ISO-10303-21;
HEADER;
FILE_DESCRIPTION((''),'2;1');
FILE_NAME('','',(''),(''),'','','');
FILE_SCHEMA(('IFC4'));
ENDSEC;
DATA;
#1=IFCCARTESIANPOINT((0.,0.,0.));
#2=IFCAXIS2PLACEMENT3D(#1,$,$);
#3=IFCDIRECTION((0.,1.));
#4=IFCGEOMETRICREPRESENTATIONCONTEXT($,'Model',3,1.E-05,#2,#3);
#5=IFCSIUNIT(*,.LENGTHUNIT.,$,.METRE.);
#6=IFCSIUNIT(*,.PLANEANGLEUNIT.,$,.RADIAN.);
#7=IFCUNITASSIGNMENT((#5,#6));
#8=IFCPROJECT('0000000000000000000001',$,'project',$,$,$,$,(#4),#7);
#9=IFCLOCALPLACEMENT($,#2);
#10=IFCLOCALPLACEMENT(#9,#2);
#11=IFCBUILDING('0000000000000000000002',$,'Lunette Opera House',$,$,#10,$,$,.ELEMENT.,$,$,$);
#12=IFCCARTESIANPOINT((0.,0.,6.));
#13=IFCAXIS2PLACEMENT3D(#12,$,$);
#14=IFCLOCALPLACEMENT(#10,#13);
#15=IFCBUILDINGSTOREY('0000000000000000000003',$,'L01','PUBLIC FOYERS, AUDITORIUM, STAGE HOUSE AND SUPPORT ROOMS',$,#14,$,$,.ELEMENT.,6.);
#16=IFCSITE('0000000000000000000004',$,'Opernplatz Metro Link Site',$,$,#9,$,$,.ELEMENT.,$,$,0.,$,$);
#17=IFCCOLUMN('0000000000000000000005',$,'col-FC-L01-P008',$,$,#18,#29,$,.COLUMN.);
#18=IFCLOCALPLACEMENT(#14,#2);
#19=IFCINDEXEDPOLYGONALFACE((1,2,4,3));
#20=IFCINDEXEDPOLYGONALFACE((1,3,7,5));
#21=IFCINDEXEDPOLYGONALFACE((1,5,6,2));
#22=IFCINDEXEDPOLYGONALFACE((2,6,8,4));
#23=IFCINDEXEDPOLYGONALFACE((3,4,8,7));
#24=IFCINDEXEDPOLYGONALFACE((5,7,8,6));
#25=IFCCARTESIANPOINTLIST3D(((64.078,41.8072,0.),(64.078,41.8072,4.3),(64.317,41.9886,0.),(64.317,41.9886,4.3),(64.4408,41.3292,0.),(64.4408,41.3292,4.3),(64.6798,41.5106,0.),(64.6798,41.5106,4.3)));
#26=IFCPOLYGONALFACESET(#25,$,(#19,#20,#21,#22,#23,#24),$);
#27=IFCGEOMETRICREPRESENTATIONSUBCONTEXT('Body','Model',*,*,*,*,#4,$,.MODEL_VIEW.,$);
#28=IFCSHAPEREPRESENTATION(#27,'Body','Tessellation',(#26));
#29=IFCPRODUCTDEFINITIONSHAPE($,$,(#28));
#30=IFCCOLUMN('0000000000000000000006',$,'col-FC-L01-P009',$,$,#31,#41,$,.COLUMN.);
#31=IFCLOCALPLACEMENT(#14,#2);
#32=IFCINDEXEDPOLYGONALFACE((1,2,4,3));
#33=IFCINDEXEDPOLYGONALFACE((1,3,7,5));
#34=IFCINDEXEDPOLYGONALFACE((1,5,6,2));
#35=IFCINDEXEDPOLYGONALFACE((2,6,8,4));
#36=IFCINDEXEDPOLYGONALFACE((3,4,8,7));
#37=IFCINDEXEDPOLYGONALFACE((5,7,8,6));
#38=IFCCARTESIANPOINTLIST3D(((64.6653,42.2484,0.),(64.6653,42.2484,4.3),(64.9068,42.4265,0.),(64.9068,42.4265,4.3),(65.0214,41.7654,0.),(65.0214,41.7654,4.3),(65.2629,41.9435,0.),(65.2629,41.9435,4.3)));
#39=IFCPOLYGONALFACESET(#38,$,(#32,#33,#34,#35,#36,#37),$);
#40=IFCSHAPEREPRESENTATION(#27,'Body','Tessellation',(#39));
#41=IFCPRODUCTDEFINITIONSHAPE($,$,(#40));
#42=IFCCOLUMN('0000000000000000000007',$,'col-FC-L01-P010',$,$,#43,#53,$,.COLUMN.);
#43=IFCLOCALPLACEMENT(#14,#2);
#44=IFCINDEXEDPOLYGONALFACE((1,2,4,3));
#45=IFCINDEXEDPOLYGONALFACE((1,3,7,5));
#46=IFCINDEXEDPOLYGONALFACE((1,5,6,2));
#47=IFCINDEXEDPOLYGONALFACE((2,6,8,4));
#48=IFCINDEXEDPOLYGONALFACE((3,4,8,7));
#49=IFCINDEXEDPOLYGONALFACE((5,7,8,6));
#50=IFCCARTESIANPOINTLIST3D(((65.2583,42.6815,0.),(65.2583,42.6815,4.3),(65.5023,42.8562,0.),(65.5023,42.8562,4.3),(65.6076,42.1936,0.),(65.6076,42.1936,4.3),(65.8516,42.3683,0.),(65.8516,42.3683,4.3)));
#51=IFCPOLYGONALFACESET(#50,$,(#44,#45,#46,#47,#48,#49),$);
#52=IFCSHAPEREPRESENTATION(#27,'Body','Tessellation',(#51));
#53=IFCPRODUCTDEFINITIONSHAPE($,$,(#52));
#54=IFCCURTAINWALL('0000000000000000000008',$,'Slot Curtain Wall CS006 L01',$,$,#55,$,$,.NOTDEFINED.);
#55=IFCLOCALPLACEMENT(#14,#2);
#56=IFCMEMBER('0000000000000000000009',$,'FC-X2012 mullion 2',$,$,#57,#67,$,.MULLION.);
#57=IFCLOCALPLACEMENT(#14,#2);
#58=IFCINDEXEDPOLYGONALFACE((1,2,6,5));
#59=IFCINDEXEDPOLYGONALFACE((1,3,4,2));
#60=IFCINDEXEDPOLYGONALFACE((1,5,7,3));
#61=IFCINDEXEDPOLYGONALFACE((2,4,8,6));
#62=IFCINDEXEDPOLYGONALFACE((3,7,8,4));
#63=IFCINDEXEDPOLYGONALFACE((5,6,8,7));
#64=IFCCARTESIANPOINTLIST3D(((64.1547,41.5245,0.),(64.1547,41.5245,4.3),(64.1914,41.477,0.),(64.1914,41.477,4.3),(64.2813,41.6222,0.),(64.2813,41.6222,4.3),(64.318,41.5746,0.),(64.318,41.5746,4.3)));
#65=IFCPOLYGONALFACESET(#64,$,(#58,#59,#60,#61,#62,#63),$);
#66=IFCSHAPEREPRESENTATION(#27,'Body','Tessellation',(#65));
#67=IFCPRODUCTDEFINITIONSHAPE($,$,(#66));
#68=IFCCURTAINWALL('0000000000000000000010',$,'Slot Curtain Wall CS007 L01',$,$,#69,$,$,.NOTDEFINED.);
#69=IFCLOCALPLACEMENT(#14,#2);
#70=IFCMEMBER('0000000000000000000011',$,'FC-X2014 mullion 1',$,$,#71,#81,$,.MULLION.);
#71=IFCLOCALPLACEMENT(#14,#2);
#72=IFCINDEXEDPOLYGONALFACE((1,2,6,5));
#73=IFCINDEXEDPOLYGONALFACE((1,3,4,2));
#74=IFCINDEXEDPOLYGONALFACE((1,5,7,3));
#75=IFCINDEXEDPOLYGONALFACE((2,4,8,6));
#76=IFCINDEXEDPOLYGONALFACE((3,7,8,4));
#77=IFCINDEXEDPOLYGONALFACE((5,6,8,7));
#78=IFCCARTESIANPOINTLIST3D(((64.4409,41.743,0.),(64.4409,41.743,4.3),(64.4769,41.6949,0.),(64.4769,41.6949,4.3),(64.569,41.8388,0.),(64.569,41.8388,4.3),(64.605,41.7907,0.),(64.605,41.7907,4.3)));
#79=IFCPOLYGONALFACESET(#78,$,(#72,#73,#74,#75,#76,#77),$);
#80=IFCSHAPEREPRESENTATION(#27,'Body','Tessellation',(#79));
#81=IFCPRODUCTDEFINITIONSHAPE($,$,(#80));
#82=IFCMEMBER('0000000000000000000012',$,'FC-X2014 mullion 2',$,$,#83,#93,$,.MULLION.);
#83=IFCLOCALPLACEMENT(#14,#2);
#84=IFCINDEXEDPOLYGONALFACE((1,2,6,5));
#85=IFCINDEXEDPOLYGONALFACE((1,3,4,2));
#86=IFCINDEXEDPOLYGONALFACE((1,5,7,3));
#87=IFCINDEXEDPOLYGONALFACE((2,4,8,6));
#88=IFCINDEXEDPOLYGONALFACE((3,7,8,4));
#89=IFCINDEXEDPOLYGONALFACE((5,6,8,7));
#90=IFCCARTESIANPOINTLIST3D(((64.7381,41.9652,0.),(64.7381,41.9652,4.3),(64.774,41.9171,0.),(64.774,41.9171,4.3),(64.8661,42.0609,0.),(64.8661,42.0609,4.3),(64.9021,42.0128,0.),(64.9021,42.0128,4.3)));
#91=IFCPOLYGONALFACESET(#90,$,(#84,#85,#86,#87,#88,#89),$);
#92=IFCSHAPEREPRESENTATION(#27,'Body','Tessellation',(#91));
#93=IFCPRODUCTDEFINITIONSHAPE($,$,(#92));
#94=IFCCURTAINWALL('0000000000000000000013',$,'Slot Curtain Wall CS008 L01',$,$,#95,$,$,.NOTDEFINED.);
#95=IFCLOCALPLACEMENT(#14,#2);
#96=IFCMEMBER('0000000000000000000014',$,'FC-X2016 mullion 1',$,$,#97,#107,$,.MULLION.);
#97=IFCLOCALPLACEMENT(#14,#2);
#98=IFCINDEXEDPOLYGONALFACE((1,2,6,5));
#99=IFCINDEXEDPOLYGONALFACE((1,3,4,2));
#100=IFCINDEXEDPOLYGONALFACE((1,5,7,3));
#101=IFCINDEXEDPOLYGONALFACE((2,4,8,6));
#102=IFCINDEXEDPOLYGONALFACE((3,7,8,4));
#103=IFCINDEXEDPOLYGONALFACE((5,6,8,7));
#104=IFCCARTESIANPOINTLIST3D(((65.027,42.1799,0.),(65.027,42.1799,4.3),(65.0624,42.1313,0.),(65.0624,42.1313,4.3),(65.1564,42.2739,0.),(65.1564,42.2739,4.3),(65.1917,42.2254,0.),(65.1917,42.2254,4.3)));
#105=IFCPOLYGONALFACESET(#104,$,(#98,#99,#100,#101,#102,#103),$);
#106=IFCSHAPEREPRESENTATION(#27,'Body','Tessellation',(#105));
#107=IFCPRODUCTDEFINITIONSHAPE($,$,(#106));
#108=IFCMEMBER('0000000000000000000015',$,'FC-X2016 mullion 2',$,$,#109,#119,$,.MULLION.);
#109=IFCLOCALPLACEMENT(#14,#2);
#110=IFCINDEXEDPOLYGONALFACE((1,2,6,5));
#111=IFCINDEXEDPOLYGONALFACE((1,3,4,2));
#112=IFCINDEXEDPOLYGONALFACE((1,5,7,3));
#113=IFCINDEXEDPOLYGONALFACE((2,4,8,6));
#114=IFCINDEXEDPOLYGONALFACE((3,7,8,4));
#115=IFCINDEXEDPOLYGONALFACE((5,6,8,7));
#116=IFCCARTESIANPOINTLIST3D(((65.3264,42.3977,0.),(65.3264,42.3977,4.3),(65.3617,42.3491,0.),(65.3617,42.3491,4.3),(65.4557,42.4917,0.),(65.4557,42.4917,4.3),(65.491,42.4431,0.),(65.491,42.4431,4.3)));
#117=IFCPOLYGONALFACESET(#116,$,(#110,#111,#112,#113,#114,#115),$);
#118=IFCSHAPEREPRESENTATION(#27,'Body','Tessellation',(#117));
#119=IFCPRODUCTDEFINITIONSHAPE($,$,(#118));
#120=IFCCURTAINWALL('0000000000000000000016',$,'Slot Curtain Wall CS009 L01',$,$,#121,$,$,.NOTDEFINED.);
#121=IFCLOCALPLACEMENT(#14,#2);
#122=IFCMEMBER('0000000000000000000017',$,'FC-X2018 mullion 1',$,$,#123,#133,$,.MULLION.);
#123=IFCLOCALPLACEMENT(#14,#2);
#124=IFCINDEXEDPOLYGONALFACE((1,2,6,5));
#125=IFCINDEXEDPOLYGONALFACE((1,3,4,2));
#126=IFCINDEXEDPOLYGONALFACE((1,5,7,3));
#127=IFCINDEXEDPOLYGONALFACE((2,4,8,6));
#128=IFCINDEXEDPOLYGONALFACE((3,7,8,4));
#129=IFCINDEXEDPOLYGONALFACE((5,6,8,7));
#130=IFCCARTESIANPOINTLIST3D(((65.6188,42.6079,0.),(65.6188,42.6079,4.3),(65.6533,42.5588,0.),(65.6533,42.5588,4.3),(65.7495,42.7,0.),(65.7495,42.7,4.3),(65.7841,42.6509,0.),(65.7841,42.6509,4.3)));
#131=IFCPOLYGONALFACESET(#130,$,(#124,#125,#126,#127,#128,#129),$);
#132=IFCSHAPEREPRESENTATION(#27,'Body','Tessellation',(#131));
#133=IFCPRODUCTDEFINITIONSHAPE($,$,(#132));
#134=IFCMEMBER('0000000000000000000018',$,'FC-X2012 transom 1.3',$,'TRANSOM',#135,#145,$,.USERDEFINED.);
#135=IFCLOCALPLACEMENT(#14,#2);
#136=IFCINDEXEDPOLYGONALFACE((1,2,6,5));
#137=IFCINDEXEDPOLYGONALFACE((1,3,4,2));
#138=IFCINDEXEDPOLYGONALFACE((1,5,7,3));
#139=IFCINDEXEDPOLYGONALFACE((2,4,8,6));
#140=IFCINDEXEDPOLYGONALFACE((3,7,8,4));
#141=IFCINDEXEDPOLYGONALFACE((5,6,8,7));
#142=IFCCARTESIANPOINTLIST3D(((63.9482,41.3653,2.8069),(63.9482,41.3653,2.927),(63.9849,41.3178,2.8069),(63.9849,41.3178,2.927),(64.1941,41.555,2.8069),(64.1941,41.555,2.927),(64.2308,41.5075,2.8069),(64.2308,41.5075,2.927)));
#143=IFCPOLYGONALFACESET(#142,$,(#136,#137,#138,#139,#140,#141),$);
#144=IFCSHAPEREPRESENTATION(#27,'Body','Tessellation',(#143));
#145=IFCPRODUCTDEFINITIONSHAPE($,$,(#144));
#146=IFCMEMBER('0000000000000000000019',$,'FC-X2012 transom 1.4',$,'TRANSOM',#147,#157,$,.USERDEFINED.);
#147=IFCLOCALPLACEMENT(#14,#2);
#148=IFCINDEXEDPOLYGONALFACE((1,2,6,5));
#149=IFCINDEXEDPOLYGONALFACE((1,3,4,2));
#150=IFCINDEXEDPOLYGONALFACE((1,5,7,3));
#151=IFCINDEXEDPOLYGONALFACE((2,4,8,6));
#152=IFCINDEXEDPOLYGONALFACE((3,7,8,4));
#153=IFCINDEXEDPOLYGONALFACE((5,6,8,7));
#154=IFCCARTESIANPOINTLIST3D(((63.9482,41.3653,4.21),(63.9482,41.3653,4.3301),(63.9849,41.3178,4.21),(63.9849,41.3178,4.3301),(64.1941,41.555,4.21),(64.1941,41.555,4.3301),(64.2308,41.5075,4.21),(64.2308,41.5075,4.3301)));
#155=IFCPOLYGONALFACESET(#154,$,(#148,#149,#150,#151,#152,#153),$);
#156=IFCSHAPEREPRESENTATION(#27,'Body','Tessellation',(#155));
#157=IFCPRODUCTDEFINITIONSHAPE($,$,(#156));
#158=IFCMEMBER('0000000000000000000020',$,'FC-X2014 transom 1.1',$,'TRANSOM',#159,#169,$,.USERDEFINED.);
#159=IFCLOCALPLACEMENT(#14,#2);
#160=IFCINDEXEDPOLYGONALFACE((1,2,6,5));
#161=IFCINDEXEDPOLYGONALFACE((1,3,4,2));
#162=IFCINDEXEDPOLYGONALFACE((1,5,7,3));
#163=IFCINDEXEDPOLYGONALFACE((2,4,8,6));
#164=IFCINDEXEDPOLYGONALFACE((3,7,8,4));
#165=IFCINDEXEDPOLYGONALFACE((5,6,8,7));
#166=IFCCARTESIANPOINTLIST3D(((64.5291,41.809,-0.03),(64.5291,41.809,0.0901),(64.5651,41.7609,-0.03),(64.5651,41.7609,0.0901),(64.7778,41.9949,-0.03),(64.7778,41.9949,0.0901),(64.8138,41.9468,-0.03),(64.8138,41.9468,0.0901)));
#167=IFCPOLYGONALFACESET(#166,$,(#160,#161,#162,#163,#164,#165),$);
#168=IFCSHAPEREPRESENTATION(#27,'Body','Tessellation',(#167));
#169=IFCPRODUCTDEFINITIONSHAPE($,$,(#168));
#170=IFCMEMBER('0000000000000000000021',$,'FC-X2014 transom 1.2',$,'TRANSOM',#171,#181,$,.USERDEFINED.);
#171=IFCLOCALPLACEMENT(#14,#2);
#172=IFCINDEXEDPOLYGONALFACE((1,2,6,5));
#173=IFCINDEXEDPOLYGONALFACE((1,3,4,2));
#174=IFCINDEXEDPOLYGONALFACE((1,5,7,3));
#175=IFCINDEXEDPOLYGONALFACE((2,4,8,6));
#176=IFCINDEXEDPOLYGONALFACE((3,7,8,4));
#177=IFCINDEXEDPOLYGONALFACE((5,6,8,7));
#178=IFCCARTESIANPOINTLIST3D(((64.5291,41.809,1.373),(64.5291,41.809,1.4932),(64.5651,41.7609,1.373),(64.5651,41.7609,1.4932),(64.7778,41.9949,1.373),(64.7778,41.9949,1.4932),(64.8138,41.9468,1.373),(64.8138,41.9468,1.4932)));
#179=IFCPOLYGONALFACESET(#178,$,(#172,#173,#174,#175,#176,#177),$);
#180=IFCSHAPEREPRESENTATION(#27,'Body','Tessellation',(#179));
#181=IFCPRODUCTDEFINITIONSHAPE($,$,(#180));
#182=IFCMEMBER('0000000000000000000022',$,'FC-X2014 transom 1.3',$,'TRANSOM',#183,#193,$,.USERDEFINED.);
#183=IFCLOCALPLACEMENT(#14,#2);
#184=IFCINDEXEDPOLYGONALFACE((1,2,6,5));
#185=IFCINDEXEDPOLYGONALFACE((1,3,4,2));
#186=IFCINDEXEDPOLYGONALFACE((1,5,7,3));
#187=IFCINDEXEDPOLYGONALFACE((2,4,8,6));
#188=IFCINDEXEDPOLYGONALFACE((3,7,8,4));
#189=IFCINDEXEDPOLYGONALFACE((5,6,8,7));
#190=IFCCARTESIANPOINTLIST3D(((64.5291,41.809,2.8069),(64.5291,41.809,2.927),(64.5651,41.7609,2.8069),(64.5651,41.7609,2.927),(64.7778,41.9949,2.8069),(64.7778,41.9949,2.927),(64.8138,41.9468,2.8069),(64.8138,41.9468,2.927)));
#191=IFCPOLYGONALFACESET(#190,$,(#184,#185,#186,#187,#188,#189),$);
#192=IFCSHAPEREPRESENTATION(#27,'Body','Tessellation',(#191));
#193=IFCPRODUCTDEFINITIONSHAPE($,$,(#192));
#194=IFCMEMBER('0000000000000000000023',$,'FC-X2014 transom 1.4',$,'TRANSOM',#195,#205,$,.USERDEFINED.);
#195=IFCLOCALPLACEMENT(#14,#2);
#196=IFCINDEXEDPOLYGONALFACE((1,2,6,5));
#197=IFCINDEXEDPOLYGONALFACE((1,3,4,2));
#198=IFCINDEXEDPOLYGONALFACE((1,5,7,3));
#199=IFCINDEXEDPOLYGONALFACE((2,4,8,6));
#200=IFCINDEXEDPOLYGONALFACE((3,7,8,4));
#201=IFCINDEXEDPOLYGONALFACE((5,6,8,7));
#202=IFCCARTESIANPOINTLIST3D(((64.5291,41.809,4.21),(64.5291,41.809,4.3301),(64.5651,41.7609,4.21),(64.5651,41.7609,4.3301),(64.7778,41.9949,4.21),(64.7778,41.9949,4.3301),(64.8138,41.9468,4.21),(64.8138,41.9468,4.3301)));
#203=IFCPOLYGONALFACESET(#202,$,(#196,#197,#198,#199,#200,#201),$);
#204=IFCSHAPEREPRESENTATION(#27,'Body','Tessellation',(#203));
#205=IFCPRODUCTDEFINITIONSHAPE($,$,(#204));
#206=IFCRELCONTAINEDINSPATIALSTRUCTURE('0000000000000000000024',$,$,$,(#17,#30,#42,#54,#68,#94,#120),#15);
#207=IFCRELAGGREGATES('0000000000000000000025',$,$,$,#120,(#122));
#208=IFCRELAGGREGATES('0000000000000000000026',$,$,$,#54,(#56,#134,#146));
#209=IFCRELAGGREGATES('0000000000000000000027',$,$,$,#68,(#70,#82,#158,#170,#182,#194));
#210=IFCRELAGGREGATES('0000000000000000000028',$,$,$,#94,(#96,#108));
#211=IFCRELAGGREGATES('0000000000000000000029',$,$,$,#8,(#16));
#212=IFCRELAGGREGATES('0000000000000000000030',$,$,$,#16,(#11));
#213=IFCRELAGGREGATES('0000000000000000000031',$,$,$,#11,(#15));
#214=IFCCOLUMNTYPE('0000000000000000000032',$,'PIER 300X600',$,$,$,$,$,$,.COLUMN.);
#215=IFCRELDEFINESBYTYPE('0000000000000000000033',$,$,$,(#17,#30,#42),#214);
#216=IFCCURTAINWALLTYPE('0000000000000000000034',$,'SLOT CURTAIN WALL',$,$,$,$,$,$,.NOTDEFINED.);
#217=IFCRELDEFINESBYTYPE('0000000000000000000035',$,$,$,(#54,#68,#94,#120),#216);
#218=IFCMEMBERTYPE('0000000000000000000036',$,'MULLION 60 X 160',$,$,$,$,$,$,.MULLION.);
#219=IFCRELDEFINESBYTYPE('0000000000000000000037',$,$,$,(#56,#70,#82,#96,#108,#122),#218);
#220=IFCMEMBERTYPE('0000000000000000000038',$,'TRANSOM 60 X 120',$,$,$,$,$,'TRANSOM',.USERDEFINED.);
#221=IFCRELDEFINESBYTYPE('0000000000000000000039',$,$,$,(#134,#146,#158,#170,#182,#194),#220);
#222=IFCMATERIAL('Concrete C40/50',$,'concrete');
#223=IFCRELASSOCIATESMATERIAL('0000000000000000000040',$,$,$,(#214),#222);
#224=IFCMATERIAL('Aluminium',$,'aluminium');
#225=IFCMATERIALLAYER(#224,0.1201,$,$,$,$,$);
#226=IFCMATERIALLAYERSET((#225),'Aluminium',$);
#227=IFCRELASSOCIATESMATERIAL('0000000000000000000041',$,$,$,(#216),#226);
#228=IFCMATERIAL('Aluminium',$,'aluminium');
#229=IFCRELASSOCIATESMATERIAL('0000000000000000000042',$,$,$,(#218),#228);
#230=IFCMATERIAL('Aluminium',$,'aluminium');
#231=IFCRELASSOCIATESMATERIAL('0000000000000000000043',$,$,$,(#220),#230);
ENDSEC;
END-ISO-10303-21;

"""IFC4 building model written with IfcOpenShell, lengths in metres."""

from ifc_helpers import new_model, si_unit, direction, frame, origin, origin_2d, place, context, subcontext, project, spatial, rectangle, extrude, material, layer, layer_set, material_profile, profile_set, type_object, element, aggregate, save


model = new_model("IFC4")

# Units and contexts
model_context = context("Model", 3, precision=1e-05, world=origin(), true_north=direction((0.0, 1.0)))
body_context = subcontext(model_context, "Body", "Model", "MODEL_VIEW")
ifc_project = project(units=[si_unit("LENGTHUNIT", "METRE"), si_unit("PLANEANGLEUNIT", "RADIAN")], contexts=[model_context])

# Site, building, storey
site_placement = place(None, origin())
site = spatial("IfcSite", under=ifc_project, at=site_placement, Name="Opernplatz Metro Link Site", CompositionType="ELEMENT", RefElevation=0.0)
building_placement = place(site_placement, origin())
building = spatial("IfcBuilding", under=site, at=building_placement, Name="Lunette Opera House", CompositionType="ELEMENT")
storey_placement = place(building_placement, frame((0.0, 0.0, 6.0)))
storey = spatial("IfcBuildingStorey", under=building, at=storey_placement, Name="L01", Description="PUBLIC FOYERS, AUDITORIUM, STAGE HOUSE AND SUPPORT ROOMS", CompositionType="ELEMENT", Elevation=6.0)

# Columns
ifc_material_1 = material(Name="Concrete C40/50", Category="concrete")
ifc_material_profile_1 = material_profile(ifc_material_1, rectangle(XDim=0.3, YDim=0.6001, at=origin_2d()), Name="PIER 300X600")
ifc_profile_set_1 = profile_set([ifc_material_profile_1], Name="Concrete C40/50")
column_type = type_object("IfcColumnType", Name="PIER 300X600", PredefinedType="COLUMN", material=ifc_profile_set_1)
for number, where, z_axis, x_axis, name in (
    (1, (64.3789, 41.6589, 0.0), (0.0, 0.0, 1.0), (0.79653, 0.604599, 0.0), "col-FC-L01-P008"),
    (2, (64.9641, 42.0959, 0.0), (0.0, 0.0, 1.0), (0.804894, 0.593419, 0.0), "col-FC-L01-P009"),
    (3, (65.5549, 42.5249, 0.0), (0.0, 0.0, 1.0), (0.813101, 0.582123, 0.0), "col-FC-L01-P010"),
):
    element("IfcColumn", number, at=place(storey_placement, frame(where, z_axis=z_axis, x_axis=x_axis)), inside=storey, type_object=column_type, Name=name, PredefinedType="COLUMN", context=body_context, shape_type="SweptSolid", body=[
        extrude(rectangle(XDim=0.3, YDim=0.6001, at=origin_2d()), origin(), (0.0, 0.0, 1.0), 4.3),
    ])

# Curtain wall, member
ifc_material_2 = material(Name="Aluminium", Category="aluminium")
ifc_layer_1 = layer(ifc_material_2, 0.1201)
ifc_layer_set_1 = layer_set([ifc_layer_1], Name="Aluminium")
curtain_wall_type = type_object("IfcCurtainWallType", Name="SLOT CURTAIN WALL", PredefinedType="NOTDEFINED", material=ifc_layer_set_1)
curtain_wall_1_placement = place(storey_placement, origin())
curtain_wall_1 = element("IfcCurtainWall", 4, at=curtain_wall_1_placement, inside=storey, type_object=curtain_wall_type, Name="Slot Curtain Wall CS006 L01", PredefinedType="NOTDEFINED")
ifc_material_3 = material(Name="Aluminium", Category="aluminium")
ifc_material_profile_2 = material_profile(ifc_material_3, rectangle(XDim=0.0601, YDim=0.1599, at=origin_2d()), Name="MULLION 60 X 160")
ifc_profile_set_2 = profile_set([ifc_material_profile_2], Name="Aluminium")
member_type_1 = type_object("IfcMemberType", Name="MULLION 60 X 160", PredefinedType="MULLION", material=ifc_profile_set_2)
member_1_placement = place(storey_placement, frame((64.2363, 41.5496, 0.0), z_axis=(0.0, 0.0, 1.0), x_axis=(-0.61072, 0.791846, 0.0)))
member_1 = element("IfcMember", 5, at=member_1_placement, type_object=member_type_1, Name="FC-X2012 mullion 2", PredefinedType="MULLION", context=body_context, shape_type="SweptSolid", body=[
    extrude(rectangle(XDim=0.0601, YDim=0.1599, at=origin_2d()), origin(), (0.0, 0.0, 1.0), 4.3),
])

# Curtain walls, members
curtain_wall_2_placement = place(storey_placement, origin())
curtain_wall_2 = element("IfcCurtainWall", 6, at=curtain_wall_2_placement, inside=storey, type_object=curtain_wall_type, Name="Slot Curtain Wall CS007 L01", PredefinedType="NOTDEFINED")
member_2_placement = place(storey_placement, frame((64.5229, 41.7668, 0.0), z_axis=(0.0, 0.0, 1.0), x_axis=(-0.598885, 0.800835, 0.0)))
member_2 = element("IfcMember", 7, at=member_2_placement, type_object=member_type_1, Name="FC-X2014 mullion 1", PredefinedType="MULLION", context=body_context, shape_type="SweptSolid", body=[
    extrude(rectangle(XDim=0.0601, YDim=0.1599, at=origin_2d()), origin(), (0.0, 0.0, 1.0), 4.3),
])
member_3_placement = place(storey_placement, frame((64.8201, 41.989, 0.0), z_axis=(0.0, 0.0, 1.0), x_axis=(-0.598885, 0.800835, 0.0)))
member_3 = element("IfcMember", 8, at=member_3_placement, type_object=member_type_1, Name="FC-X2014 mullion 2", PredefinedType="MULLION", context=body_context, shape_type="SweptSolid", body=[
    extrude(rectangle(XDim=0.0601, YDim=0.1599, at=origin_2d()), origin(), (0.0, 0.0, 1.0), 4.3),
])
curtain_wall_3_placement = place(storey_placement, origin())
curtain_wall_3 = element("IfcCurtainWall", 9, at=curtain_wall_3_placement, inside=storey, type_object=curtain_wall_type, Name="Slot Curtain Wall CS008 L01", PredefinedType="NOTDEFINED")
member_4_placement = place(storey_placement, frame((65.1094, 42.2026, 0.0), z_axis=(0.0, 0.0, 1.0), x_axis=(-0.588033, 0.808837, 0.0)))
member_4 = element("IfcMember", 10, at=member_4_placement, type_object=member_type_1, Name="FC-X2016 mullion 1", PredefinedType="MULLION", context=body_context, shape_type="SweptSolid", body=[
    extrude(rectangle(XDim=0.0601, YDim=0.1599, at=origin_2d()), origin(), (0.0, 0.0, 1.0), 4.3),
])
member_5_placement = place(storey_placement, frame((65.4087, 42.4204, 0.0), z_axis=(0.0, 0.0, 1.0), x_axis=(-0.588033, 0.808837, 0.0)))
member_5 = element("IfcMember", 11, at=member_5_placement, type_object=member_type_1, Name="FC-X2016 mullion 2", PredefinedType="MULLION", context=body_context, shape_type="SweptSolid", body=[
    extrude(rectangle(XDim=0.0601, YDim=0.1599, at=origin_2d()), origin(), (0.0, 0.0, 1.0), 4.3),
])

# Curtain wall, member
curtain_wall_4_placement = place(storey_placement, origin())
curtain_wall_4 = element("IfcCurtainWall", 12, at=curtain_wall_4_placement, inside=storey, type_object=curtain_wall_type, Name="Slot Curtain Wall CS009 L01", PredefinedType="NOTDEFINED")
member_6_placement = place(storey_placement, frame((65.7014, 42.6294, 0.0), z_axis=(0.0, 0.0, 1.0), x_axis=(-0.575954, 0.817482, 0.0)))
member_6 = element("IfcMember", 13, at=member_6_placement, type_object=member_type_1, Name="FC-X2018 mullion 1", PredefinedType="MULLION", context=body_context, shape_type="SweptSolid", body=[
    extrude(rectangle(XDim=0.0601, YDim=0.1599, at=origin_2d()), origin(), (0.0, 0.0, 1.0), 4.3),
])
aggregate(curtain_wall_4, [member_6])

# Members
ifc_material_4 = material(Name="Aluminium", Category="aluminium")
ifc_material_profile_3 = material_profile(ifc_material_4, rectangle(XDim=0.0601, YDim=0.1201, at=origin_2d()), Name="TRANSOM 60 X 120")
ifc_profile_set_3 = profile_set([ifc_material_profile_3], Name="Aluminium")
member_type_2 = type_object("IfcMemberType", Name="TRANSOM 60 X 120", ElementType="TRANSOM", PredefinedType="USERDEFINED", material=ifc_profile_set_3)
member_7_placement = place(storey_placement, frame((63.9666, 41.3416, 2.8669), z_axis=(0.791717, 0.610888, 0.0), x_axis=(-0.610888, 0.791717, 0.0)))
member_7 = element("IfcMember", 14, at=member_7_placement, type_object=member_type_2, Name="FC-X2012 transom 1.3", ObjectType="TRANSOM", PredefinedType="USERDEFINED", context=body_context, shape_type="SweptSolid", body=[
    extrude(rectangle(XDim=0.0601, YDim=0.1201, at=origin_2d()), origin(), (0.0, 0.0, 1.0), 0.3105),
])
member_8_placement = place(storey_placement, frame((63.9666, 41.3416, 4.27), z_axis=(0.791717, 0.610888, 0.0), x_axis=(-0.610888, 0.791717, 0.0)))
member_8 = element("IfcMember", 15, at=member_8_placement, type_object=member_type_2, Name="FC-X2012 transom 1.4", ObjectType="TRANSOM", PredefinedType="USERDEFINED", context=body_context, shape_type="SweptSolid", body=[
    extrude(rectangle(XDim=0.0601, YDim=0.1201, at=origin_2d()), origin(), (0.0, 0.0, 1.0), 0.3105),
])
member_9_placement = place(storey_placement, frame((64.5471, 41.7849, 0.03), z_axis=(0.800848, 0.598868, 0.0), x_axis=(-0.598868, 0.800848, 0.0)))
member_9 = element("IfcMember", 16, at=member_9_placement, type_object=member_type_2, Name="FC-X2014 transom 1.1", ObjectType="TRANSOM", PredefinedType="USERDEFINED", context=body_context, shape_type="SweptSolid", body=[
    extrude(rectangle(XDim=0.0601, YDim=0.1201, at=origin_2d()), origin(), (0.0, 0.0, 1.0), 0.3105),
])
member_10_placement = place(storey_placement, frame((64.5471, 41.7849, 1.4331), z_axis=(0.800848, 0.598868, 0.0), x_axis=(-0.598868, 0.800848, 0.0)))
member_10 = element("IfcMember", 17, at=member_10_placement, type_object=member_type_2, Name="FC-X2014 transom 1.2", ObjectType="TRANSOM", PredefinedType="USERDEFINED", context=body_context, shape_type="SweptSolid", body=[
    extrude(rectangle(XDim=0.0601, YDim=0.1201, at=origin_2d()), origin(), (0.0, 0.0, 1.0), 0.3105),
])
member_11_placement = place(storey_placement, frame((64.5471, 41.7849, 2.8669), z_axis=(0.800848, 0.598868, 0.0), x_axis=(-0.598868, 0.800848, 0.0)))
member_11 = element("IfcMember", 18, at=member_11_placement, type_object=member_type_2, Name="FC-X2014 transom 1.3", ObjectType="TRANSOM", PredefinedType="USERDEFINED", context=body_context, shape_type="SweptSolid", body=[
    extrude(rectangle(XDim=0.0601, YDim=0.1201, at=origin_2d()), origin(), (0.0, 0.0, 1.0), 0.3105),
])
member_12_placement = place(storey_placement, frame((64.5471, 41.7849, 4.27), z_axis=(0.800848, 0.598868, 0.0), x_axis=(-0.598868, 0.800848, 0.0)))
member_12 = element("IfcMember", 19, at=member_12_placement, type_object=member_type_2, Name="FC-X2014 transom 1.4", ObjectType="TRANSOM", PredefinedType="USERDEFINED", context=body_context, shape_type="SweptSolid", body=[
    extrude(rectangle(XDim=0.0601, YDim=0.1201, at=origin_2d()), origin(), (0.0, 0.0, 1.0), 0.3105),
])

aggregate(curtain_wall_1, [member_1, member_7, member_8])
aggregate(curtain_wall_2, [member_2, member_3, member_9, member_10, member_11, member_12])
aggregate(curtain_wall_3, [member_4, member_5])

save(model, "model.ifc")
